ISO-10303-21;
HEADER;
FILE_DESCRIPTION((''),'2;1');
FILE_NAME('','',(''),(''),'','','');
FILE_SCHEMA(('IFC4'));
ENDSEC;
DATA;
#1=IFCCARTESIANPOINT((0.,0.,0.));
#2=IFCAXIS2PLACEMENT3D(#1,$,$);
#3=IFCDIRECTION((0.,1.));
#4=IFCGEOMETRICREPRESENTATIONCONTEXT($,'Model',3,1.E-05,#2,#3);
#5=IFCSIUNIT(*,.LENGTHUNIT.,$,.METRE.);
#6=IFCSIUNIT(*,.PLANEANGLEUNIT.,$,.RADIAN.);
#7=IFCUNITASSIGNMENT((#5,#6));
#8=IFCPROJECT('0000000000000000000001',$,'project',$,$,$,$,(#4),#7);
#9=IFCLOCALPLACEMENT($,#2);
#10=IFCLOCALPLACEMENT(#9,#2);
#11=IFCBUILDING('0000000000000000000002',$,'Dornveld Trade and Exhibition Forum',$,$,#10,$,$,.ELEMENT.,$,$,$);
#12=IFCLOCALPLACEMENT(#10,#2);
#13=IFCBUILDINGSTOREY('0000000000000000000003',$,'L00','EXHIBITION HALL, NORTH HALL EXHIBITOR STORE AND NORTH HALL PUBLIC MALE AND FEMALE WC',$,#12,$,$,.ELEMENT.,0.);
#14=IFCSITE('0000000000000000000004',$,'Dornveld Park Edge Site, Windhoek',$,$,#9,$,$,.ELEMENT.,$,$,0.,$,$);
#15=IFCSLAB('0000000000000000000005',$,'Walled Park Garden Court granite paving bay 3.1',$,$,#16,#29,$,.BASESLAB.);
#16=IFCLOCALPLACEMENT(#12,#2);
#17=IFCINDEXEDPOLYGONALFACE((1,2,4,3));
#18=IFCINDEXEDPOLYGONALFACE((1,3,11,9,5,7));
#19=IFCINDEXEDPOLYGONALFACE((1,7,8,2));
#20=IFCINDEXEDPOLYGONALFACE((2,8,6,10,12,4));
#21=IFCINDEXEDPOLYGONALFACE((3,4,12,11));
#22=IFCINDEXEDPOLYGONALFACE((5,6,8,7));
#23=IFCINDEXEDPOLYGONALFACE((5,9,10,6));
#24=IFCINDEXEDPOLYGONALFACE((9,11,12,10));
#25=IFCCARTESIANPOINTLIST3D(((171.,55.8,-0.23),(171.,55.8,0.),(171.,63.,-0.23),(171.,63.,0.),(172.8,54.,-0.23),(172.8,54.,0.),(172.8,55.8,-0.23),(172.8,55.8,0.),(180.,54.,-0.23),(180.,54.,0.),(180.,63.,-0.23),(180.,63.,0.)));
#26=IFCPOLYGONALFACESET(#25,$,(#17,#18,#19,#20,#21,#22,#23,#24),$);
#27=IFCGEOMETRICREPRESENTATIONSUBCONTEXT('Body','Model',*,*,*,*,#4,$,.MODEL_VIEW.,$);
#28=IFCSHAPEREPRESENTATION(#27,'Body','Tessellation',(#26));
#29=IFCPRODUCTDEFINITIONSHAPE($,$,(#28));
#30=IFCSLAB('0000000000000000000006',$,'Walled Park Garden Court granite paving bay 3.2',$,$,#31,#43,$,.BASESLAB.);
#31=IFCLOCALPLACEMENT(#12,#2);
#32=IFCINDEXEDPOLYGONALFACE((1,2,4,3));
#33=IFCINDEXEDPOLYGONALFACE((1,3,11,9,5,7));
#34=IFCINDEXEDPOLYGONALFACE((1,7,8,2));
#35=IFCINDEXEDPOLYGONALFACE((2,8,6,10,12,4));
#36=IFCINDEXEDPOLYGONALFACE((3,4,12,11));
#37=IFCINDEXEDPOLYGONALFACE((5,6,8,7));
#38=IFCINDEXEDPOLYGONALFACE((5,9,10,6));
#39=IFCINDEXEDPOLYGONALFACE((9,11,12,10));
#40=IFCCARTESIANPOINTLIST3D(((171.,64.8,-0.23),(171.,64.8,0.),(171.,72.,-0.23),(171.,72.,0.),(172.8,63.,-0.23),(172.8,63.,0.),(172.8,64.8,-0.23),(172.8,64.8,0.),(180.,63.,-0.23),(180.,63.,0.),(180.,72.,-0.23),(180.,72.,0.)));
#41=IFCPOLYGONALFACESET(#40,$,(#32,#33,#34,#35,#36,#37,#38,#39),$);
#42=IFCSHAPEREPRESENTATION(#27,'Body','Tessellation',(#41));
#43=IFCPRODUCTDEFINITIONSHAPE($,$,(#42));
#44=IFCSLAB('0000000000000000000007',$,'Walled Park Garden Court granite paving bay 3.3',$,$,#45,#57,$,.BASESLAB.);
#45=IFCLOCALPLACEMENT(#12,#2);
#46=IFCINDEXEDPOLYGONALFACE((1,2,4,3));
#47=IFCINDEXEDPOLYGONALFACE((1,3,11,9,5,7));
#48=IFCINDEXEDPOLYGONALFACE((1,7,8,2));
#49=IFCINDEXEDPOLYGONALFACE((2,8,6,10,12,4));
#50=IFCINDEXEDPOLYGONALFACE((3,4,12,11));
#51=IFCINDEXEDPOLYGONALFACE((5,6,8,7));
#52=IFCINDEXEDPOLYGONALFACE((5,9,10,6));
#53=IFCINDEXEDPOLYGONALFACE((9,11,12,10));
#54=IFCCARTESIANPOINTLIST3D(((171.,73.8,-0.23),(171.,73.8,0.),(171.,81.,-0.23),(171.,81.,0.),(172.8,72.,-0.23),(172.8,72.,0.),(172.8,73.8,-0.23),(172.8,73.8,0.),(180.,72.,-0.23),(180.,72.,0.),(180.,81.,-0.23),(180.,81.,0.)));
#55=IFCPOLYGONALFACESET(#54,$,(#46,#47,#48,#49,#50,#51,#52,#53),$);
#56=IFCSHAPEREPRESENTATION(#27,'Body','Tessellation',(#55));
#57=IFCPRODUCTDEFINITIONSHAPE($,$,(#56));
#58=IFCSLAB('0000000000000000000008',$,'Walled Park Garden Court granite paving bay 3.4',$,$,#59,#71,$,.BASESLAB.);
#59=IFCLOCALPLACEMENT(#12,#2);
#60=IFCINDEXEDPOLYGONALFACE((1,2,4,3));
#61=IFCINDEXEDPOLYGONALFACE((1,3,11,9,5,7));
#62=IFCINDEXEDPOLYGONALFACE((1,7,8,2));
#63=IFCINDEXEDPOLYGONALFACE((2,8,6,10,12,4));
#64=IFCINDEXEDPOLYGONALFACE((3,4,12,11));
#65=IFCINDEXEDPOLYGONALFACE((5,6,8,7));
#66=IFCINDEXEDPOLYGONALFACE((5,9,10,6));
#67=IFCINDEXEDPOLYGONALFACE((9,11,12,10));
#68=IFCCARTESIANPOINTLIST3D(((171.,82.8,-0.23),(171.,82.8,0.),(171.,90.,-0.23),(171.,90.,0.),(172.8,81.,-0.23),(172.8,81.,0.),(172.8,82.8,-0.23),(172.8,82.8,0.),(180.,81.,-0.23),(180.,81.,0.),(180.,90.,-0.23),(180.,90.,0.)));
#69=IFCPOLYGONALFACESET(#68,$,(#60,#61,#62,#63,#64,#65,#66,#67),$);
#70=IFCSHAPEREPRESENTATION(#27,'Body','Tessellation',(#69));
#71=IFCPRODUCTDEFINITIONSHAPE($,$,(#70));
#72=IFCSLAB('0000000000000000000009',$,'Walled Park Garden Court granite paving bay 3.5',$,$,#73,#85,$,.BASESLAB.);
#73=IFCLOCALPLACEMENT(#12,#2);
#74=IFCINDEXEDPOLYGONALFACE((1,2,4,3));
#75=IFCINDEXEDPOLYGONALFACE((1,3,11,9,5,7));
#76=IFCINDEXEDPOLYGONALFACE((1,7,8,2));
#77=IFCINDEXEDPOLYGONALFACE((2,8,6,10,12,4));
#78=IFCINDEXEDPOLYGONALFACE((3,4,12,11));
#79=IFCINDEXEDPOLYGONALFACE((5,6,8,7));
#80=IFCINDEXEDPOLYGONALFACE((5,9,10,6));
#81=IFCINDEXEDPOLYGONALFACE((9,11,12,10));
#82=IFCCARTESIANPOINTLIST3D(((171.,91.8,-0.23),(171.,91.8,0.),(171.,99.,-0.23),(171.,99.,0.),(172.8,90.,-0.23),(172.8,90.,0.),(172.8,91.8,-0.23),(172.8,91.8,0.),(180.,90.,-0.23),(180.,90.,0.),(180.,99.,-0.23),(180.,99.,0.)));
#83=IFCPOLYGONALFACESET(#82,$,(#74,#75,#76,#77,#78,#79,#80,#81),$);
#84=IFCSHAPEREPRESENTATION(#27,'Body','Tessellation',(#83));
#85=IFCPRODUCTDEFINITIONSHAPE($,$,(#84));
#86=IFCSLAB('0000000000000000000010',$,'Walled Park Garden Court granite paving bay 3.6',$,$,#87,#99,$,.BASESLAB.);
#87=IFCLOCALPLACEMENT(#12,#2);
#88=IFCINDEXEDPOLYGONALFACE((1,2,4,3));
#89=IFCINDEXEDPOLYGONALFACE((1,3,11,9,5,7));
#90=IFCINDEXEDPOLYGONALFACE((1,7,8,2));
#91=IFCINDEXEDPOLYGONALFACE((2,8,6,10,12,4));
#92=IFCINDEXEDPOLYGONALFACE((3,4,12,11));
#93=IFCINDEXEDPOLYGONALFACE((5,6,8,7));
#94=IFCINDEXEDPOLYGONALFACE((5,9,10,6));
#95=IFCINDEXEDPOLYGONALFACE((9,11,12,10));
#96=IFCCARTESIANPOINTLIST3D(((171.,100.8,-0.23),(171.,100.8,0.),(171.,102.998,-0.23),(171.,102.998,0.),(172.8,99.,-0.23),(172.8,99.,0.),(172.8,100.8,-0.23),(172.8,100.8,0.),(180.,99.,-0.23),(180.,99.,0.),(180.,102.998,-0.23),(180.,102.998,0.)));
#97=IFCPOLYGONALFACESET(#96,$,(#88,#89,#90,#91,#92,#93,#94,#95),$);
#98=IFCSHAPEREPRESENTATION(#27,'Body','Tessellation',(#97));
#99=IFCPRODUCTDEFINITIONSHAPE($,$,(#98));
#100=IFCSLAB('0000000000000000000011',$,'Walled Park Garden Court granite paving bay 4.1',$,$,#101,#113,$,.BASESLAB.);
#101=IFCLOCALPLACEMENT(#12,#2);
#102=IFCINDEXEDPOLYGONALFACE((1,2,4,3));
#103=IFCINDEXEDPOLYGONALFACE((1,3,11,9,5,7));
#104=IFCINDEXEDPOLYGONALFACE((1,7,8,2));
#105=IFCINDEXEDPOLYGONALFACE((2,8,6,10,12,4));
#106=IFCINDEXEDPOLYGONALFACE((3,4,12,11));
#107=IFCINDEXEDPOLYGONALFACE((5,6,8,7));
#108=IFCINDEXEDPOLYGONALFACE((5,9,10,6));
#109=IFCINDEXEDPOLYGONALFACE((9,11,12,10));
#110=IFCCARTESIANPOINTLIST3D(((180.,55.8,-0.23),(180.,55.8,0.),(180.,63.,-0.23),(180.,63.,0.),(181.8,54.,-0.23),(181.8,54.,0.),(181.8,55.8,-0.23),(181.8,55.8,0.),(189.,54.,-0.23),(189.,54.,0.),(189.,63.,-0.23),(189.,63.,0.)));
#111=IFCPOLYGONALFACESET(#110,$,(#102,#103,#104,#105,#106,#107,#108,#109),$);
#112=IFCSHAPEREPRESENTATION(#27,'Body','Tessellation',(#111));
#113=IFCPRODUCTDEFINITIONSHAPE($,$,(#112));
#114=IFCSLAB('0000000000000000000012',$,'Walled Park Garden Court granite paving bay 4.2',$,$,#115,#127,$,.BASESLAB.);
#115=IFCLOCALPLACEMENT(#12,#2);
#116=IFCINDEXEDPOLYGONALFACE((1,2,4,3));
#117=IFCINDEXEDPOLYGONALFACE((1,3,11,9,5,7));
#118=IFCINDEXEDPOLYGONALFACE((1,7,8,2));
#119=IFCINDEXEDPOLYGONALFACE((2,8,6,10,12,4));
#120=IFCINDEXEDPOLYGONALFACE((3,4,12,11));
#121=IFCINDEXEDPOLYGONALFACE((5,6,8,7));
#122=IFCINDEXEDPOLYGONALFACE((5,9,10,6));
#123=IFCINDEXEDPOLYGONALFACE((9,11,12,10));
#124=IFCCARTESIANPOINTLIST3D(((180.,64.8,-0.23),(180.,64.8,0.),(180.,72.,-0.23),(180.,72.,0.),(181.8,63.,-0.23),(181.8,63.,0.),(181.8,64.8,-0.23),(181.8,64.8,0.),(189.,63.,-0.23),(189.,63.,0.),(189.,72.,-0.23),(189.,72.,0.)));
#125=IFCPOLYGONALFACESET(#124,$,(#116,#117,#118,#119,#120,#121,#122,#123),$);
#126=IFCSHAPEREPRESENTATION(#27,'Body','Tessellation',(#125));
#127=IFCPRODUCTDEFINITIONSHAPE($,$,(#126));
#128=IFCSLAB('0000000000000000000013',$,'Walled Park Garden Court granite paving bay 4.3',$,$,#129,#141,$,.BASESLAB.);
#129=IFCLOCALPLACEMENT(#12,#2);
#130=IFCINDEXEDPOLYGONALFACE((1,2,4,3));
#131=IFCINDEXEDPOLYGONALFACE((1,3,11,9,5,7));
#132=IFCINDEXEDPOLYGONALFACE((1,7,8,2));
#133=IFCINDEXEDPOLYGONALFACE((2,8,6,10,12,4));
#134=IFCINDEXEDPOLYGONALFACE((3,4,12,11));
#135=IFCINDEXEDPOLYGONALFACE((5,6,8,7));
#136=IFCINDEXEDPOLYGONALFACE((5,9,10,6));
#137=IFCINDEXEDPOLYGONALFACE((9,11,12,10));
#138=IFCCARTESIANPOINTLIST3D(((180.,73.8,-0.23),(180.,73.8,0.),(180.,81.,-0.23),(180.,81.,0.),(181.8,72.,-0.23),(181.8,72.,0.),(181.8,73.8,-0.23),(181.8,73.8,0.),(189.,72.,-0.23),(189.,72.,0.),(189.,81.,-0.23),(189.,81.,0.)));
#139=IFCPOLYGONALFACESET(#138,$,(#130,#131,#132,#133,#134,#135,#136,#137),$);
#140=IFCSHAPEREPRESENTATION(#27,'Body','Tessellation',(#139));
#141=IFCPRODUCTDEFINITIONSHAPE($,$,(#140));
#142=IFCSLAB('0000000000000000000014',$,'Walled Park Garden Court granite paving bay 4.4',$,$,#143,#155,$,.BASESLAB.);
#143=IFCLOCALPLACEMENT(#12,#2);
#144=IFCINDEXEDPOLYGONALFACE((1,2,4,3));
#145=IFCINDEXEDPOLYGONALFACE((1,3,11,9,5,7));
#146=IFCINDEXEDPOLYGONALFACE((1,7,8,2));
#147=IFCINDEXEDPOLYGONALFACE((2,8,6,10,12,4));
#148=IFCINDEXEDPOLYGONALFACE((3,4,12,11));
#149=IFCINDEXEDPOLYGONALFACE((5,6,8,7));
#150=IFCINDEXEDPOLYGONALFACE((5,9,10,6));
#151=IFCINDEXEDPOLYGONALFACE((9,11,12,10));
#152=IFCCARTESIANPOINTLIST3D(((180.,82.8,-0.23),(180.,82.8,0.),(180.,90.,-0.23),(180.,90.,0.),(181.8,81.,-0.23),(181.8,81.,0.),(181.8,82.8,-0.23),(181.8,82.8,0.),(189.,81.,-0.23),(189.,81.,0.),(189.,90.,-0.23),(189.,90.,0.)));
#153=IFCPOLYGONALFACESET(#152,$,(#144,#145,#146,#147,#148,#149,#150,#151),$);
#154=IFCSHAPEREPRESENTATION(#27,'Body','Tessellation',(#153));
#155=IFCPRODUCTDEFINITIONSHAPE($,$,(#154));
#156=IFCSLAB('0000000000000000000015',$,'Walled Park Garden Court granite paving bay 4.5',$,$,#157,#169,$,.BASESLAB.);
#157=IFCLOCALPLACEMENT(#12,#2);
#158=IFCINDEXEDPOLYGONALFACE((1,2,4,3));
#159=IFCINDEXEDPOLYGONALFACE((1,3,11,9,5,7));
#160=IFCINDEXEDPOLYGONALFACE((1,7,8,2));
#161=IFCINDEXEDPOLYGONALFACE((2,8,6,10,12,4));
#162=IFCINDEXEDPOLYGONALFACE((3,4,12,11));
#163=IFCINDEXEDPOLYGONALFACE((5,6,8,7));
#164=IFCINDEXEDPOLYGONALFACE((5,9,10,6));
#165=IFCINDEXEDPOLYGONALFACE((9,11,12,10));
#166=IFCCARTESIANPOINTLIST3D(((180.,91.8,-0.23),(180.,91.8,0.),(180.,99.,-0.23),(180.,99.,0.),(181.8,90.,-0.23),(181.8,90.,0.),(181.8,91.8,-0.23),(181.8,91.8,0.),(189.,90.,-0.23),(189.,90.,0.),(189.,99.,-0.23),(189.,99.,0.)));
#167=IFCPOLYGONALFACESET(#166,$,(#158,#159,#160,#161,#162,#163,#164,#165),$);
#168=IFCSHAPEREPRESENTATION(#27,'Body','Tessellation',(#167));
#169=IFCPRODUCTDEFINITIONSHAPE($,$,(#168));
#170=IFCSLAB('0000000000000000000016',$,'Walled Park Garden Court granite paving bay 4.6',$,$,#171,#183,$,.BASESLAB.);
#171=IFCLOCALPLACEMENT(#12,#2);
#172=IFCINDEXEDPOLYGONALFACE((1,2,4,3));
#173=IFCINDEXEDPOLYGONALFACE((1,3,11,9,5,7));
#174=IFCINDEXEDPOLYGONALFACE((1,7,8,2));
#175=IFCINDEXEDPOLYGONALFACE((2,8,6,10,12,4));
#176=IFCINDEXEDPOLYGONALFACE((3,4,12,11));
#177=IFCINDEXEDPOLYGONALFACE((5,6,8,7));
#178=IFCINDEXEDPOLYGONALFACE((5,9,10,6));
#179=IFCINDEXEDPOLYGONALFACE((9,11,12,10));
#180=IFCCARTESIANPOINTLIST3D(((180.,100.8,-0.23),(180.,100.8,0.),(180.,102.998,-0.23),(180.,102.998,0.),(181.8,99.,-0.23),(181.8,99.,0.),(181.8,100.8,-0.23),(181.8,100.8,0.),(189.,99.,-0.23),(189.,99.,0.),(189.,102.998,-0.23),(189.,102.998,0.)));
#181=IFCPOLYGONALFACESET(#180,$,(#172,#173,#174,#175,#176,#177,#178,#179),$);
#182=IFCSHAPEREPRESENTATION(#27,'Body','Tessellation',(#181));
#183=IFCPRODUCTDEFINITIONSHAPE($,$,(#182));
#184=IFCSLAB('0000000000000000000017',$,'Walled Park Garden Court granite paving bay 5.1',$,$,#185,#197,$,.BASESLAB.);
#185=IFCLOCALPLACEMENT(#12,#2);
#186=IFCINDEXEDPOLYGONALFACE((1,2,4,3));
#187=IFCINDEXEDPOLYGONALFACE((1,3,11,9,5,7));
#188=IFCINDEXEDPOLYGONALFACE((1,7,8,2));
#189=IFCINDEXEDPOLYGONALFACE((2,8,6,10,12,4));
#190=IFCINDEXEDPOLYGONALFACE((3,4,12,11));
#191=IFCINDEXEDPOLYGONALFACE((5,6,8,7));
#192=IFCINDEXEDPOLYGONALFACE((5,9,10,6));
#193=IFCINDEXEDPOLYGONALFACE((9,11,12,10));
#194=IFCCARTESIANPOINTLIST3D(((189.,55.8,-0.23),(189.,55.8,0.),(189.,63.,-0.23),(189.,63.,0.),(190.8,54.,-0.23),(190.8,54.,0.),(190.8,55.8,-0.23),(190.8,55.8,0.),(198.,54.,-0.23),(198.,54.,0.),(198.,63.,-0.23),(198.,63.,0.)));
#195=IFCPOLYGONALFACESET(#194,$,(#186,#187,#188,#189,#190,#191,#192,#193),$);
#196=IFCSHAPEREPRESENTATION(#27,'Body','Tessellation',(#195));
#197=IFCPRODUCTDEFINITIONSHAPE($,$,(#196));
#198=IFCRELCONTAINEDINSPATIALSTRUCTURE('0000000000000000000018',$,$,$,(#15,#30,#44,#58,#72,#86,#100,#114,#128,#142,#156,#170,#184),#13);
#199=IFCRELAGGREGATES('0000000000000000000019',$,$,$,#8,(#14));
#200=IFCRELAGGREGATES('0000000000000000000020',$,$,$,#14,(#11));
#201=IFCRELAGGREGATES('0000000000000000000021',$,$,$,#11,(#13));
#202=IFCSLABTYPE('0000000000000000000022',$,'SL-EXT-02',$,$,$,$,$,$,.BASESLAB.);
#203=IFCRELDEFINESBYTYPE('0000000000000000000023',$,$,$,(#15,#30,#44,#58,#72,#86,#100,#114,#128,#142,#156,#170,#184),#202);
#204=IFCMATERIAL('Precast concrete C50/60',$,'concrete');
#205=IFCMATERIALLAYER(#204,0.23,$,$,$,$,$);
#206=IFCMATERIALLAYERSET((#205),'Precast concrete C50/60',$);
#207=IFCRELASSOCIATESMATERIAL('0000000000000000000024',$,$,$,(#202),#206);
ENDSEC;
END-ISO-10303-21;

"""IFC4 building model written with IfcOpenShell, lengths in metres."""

from ifc_helpers import new_model, si_unit, direction, frame, origin, place, context, subcontext, project, spatial, polyline, outline, extrude, material, layer, layer_set, type_object, element, save


model = new_model("IFC4")

# Units and contexts
model_context = context("Model", 3, precision=1e-05, world=origin(), true_north=direction((0.0, 1.0)))
body_context = subcontext(model_context, "Body", "Model", "MODEL_VIEW")
ifc_project = project(units=[si_unit("LENGTHUNIT", "METRE"), si_unit("PLANEANGLEUNIT", "RADIAN")], contexts=[model_context])

# Site, building, storey
site_placement = place(None, origin())
site = spatial("IfcSite", under=ifc_project, at=site_placement, Name="Dornveld Park Edge Site, Windhoek", CompositionType="ELEMENT", RefElevation=0.0)
building_placement = place(site_placement, origin())
building = spatial("IfcBuilding", under=site, at=building_placement, Name="Dornveld Trade and Exhibition Forum", CompositionType="ELEMENT")
storey_placement = place(building_placement, origin())
storey = spatial("IfcBuildingStorey", under=building, at=storey_placement, Name="L00", Description="EXHIBITION HALL, NORTH HALL EXHIBITOR STORE AND NORTH HALL PUBLIC MALE AND FEMALE WC", CompositionType="ELEMENT", Elevation=0.0)

# Slabs
ifc_material_1 = material(Name="Precast concrete C50/60", Category="concrete")
ifc_layer_1 = layer(ifc_material_1, 0.23)
ifc_layer_set_1 = layer_set([ifc_layer_1], Name="Precast concrete C50/60")
slab_type_1 = type_object("IfcSlabType", Name="SL-EXT-02", PredefinedType="BASESLAB", material=ifc_layer_set_1)
slab_1_placement = place(storey_placement, frame((0.0, 0.0, -0.23)))
element("IfcSlab", 1, at=slab_1_placement, inside=storey, type_object=slab_type_1, Name="Walled Park Garden Court granite paving bay 3.1", PredefinedType="BASESLAB", context=body_context, shape_type="SweptSolid", body=[
    extrude(outline(polyline([(172.8, 54.0), (180.0, 54.0), (180.0, 63.0), (171.0, 63.0), (171.0, 55.8), (172.8, 55.8), (172.8, 54.0)])), origin(), (0.0, 0.0, 1.0), 0.23),
])
slab_2_placement = place(storey_placement, frame((0.0, 0.0, -0.23)))
element("IfcSlab", 2, at=slab_2_placement, inside=storey, type_object=slab_type_1, Name="Walled Park Garden Court granite paving bay 3.2", PredefinedType="BASESLAB", context=body_context, shape_type="SweptSolid", body=[
    extrude(outline(polyline([(172.8, 63.0), (180.0, 63.0), (180.0, 72.0), (171.0, 72.0), (171.0, 64.8), (172.8, 64.8), (172.8, 63.0)])), origin(), (0.0, 0.0, 1.0), 0.23),
])
slab_3_placement = place(storey_placement, frame((0.0, 0.0, -0.23)))
element("IfcSlab", 3, at=slab_3_placement, inside=storey, type_object=slab_type_1, Name="Walled Park Garden Court granite paving bay 3.3", PredefinedType="BASESLAB", context=body_context, shape_type="SweptSolid", body=[
    extrude(outline(polyline([(172.8, 72.0), (180.0, 72.0), (180.0, 81.0), (171.0, 81.0), (171.0, 73.8), (172.8, 73.8), (172.8, 72.0)])), origin(), (0.0, 0.0, 1.0), 0.23),
])
slab_4_placement = place(storey_placement, frame((0.0, 0.0, -0.23)))
element("IfcSlab", 4, at=slab_4_placement, inside=storey, type_object=slab_type_1, Name="Walled Park Garden Court granite paving bay 3.4", PredefinedType="BASESLAB", context=body_context, shape_type="SweptSolid", body=[
    extrude(outline(polyline([(172.8, 81.0), (180.0, 81.0), (180.0, 90.0), (171.0, 90.0), (171.0, 82.8), (172.8, 82.8), (172.8, 81.0)])), origin(), (0.0, 0.0, 1.0), 0.23),
])
slab_5_placement = place(storey_placement, frame((0.0, 0.0, -0.23)))
element("IfcSlab", 5, at=slab_5_placement, inside=storey, type_object=slab_type_1, Name="Walled Park Garden Court granite paving bay 3.5", PredefinedType="BASESLAB", context=body_context, shape_type="SweptSolid", body=[
    extrude(outline(polyline([(172.8, 90.0), (180.0, 90.0), (180.0, 99.0), (171.0, 99.0), (171.0, 91.8), (172.8, 91.8), (172.8, 90.0)])), origin(), (0.0, 0.0, 1.0), 0.23),
])
slab_6_placement = place(storey_placement, frame((0.0, 0.0, -0.23)))
element("IfcSlab", 6, at=slab_6_placement, inside=storey, type_object=slab_type_1, Name="Walled Park Garden Court granite paving bay 3.6", PredefinedType="BASESLAB", context=body_context, shape_type="SweptSolid", body=[
    extrude(outline(polyline([(180.0, 99.0), (172.8, 99.0), (172.8, 100.8), (171.0, 100.8), (171.0, 102.998), (180.0, 102.998), (180.0, 99.0)])), origin(), (0.0, 0.0, 1.0), 0.23),
])
slab_7_placement = place(storey_placement, frame((0.0, 0.0, -0.23)))
element("IfcSlab", 7, at=slab_7_placement, inside=storey, type_object=slab_type_1, Name="Walled Park Garden Court granite paving bay 4.1", PredefinedType="BASESLAB", context=body_context, shape_type="SweptSolid", body=[
    extrude(outline(polyline([(181.8, 54.0), (189.0, 54.0), (189.0, 63.0), (180.0, 63.0), (180.0, 55.8), (181.8, 55.8), (181.8, 54.0)])), origin(), (0.0, 0.0, 1.0), 0.23),
])
slab_8_placement = place(storey_placement, frame((0.0, 0.0, -0.23)))
element("IfcSlab", 8, at=slab_8_placement, inside=storey, type_object=slab_type_1, Name="Walled Park Garden Court granite paving bay 4.2", PredefinedType="BASESLAB", context=body_context, shape_type="SweptSolid", body=[
    extrude(outline(polyline([(181.8, 63.0), (189.0, 63.0), (189.0, 72.0), (180.0, 72.0), (180.0, 64.8), (181.8, 64.8), (181.8, 63.0)])), origin(), (0.0, 0.0, 1.0), 0.23),
])
slab_9_placement = place(storey_placement, frame((0.0, 0.0, -0.23)))
element("IfcSlab", 9, at=slab_9_placement, inside=storey, type_object=slab_type_1, Name="Walled Park Garden Court granite paving bay 4.3", PredefinedType="BASESLAB", context=body_context, shape_type="SweptSolid", body=[
    extrude(outline(polyline([(181.8, 72.0), (189.0, 72.0), (189.0, 81.0), (180.0, 81.0), (180.0, 73.8), (181.8, 73.8), (181.8, 72.0)])), origin(), (0.0, 0.0, 1.0), 0.23),
])
slab_10_placement = place(storey_placement, frame((0.0, 0.0, -0.23)))
element("IfcSlab", 10, at=slab_10_placement, inside=storey, type_object=slab_type_1, Name="Walled Park Garden Court granite paving bay 4.4", PredefinedType="BASESLAB", context=body_context, shape_type="SweptSolid", body=[
    extrude(outline(polyline([(181.8, 81.0), (189.0, 81.0), (189.0, 90.0), (180.0, 90.0), (180.0, 82.8), (181.8, 82.8), (181.8, 81.0)])), origin(), (0.0, 0.0, 1.0), 0.23),
])
slab_11_placement = place(storey_placement, frame((0.0, 0.0, -0.23)))
element("IfcSlab", 11, at=slab_11_placement, inside=storey, type_object=slab_type_1, Name="Walled Park Garden Court granite paving bay 4.5", PredefinedType="BASESLAB", context=body_context, shape_type="SweptSolid", body=[
    extrude(outline(polyline([(181.8, 90.0), (189.0, 90.0), (189.0, 99.0), (180.0, 99.0), (180.0, 91.8), (181.8, 91.8), (181.8, 90.0)])), origin(), (0.0, 0.0, 1.0), 0.23),
])
slab_12_placement = place(storey_placement, frame((0.0, 0.0, -0.23)))
element("IfcSlab", 12, at=slab_12_placement, inside=storey, type_object=slab_type_1, Name="Walled Park Garden Court granite paving bay 4.6", PredefinedType="BASESLAB", context=body_context, shape_type="SweptSolid", body=[
    extrude(outline(polyline([(189.0, 99.0), (181.8, 99.0), (181.8, 100.8), (180.0, 100.8), (180.0, 102.998), (189.0, 102.998), (189.0, 99.0)])), origin(), (0.0, 0.0, 1.0), 0.23),
])
slab_13_placement = place(storey_placement, frame((0.0, 0.0, -0.23)))
element("IfcSlab", 13, at=slab_13_placement, inside=storey, type_object=slab_type_1, Name="Walled Park Garden Court granite paving bay 5.1", PredefinedType="BASESLAB", context=body_context, shape_type="SweptSolid", body=[
    extrude(outline(polyline([(190.8, 54.0), (198.0, 54.0), (198.0, 63.0), (189.0, 63.0), (189.0, 55.8), (190.8, 55.8), (190.8, 54.0)])), origin(), (0.0, 0.0, 1.0), 0.23),
])

save(model, "model.ifc")
